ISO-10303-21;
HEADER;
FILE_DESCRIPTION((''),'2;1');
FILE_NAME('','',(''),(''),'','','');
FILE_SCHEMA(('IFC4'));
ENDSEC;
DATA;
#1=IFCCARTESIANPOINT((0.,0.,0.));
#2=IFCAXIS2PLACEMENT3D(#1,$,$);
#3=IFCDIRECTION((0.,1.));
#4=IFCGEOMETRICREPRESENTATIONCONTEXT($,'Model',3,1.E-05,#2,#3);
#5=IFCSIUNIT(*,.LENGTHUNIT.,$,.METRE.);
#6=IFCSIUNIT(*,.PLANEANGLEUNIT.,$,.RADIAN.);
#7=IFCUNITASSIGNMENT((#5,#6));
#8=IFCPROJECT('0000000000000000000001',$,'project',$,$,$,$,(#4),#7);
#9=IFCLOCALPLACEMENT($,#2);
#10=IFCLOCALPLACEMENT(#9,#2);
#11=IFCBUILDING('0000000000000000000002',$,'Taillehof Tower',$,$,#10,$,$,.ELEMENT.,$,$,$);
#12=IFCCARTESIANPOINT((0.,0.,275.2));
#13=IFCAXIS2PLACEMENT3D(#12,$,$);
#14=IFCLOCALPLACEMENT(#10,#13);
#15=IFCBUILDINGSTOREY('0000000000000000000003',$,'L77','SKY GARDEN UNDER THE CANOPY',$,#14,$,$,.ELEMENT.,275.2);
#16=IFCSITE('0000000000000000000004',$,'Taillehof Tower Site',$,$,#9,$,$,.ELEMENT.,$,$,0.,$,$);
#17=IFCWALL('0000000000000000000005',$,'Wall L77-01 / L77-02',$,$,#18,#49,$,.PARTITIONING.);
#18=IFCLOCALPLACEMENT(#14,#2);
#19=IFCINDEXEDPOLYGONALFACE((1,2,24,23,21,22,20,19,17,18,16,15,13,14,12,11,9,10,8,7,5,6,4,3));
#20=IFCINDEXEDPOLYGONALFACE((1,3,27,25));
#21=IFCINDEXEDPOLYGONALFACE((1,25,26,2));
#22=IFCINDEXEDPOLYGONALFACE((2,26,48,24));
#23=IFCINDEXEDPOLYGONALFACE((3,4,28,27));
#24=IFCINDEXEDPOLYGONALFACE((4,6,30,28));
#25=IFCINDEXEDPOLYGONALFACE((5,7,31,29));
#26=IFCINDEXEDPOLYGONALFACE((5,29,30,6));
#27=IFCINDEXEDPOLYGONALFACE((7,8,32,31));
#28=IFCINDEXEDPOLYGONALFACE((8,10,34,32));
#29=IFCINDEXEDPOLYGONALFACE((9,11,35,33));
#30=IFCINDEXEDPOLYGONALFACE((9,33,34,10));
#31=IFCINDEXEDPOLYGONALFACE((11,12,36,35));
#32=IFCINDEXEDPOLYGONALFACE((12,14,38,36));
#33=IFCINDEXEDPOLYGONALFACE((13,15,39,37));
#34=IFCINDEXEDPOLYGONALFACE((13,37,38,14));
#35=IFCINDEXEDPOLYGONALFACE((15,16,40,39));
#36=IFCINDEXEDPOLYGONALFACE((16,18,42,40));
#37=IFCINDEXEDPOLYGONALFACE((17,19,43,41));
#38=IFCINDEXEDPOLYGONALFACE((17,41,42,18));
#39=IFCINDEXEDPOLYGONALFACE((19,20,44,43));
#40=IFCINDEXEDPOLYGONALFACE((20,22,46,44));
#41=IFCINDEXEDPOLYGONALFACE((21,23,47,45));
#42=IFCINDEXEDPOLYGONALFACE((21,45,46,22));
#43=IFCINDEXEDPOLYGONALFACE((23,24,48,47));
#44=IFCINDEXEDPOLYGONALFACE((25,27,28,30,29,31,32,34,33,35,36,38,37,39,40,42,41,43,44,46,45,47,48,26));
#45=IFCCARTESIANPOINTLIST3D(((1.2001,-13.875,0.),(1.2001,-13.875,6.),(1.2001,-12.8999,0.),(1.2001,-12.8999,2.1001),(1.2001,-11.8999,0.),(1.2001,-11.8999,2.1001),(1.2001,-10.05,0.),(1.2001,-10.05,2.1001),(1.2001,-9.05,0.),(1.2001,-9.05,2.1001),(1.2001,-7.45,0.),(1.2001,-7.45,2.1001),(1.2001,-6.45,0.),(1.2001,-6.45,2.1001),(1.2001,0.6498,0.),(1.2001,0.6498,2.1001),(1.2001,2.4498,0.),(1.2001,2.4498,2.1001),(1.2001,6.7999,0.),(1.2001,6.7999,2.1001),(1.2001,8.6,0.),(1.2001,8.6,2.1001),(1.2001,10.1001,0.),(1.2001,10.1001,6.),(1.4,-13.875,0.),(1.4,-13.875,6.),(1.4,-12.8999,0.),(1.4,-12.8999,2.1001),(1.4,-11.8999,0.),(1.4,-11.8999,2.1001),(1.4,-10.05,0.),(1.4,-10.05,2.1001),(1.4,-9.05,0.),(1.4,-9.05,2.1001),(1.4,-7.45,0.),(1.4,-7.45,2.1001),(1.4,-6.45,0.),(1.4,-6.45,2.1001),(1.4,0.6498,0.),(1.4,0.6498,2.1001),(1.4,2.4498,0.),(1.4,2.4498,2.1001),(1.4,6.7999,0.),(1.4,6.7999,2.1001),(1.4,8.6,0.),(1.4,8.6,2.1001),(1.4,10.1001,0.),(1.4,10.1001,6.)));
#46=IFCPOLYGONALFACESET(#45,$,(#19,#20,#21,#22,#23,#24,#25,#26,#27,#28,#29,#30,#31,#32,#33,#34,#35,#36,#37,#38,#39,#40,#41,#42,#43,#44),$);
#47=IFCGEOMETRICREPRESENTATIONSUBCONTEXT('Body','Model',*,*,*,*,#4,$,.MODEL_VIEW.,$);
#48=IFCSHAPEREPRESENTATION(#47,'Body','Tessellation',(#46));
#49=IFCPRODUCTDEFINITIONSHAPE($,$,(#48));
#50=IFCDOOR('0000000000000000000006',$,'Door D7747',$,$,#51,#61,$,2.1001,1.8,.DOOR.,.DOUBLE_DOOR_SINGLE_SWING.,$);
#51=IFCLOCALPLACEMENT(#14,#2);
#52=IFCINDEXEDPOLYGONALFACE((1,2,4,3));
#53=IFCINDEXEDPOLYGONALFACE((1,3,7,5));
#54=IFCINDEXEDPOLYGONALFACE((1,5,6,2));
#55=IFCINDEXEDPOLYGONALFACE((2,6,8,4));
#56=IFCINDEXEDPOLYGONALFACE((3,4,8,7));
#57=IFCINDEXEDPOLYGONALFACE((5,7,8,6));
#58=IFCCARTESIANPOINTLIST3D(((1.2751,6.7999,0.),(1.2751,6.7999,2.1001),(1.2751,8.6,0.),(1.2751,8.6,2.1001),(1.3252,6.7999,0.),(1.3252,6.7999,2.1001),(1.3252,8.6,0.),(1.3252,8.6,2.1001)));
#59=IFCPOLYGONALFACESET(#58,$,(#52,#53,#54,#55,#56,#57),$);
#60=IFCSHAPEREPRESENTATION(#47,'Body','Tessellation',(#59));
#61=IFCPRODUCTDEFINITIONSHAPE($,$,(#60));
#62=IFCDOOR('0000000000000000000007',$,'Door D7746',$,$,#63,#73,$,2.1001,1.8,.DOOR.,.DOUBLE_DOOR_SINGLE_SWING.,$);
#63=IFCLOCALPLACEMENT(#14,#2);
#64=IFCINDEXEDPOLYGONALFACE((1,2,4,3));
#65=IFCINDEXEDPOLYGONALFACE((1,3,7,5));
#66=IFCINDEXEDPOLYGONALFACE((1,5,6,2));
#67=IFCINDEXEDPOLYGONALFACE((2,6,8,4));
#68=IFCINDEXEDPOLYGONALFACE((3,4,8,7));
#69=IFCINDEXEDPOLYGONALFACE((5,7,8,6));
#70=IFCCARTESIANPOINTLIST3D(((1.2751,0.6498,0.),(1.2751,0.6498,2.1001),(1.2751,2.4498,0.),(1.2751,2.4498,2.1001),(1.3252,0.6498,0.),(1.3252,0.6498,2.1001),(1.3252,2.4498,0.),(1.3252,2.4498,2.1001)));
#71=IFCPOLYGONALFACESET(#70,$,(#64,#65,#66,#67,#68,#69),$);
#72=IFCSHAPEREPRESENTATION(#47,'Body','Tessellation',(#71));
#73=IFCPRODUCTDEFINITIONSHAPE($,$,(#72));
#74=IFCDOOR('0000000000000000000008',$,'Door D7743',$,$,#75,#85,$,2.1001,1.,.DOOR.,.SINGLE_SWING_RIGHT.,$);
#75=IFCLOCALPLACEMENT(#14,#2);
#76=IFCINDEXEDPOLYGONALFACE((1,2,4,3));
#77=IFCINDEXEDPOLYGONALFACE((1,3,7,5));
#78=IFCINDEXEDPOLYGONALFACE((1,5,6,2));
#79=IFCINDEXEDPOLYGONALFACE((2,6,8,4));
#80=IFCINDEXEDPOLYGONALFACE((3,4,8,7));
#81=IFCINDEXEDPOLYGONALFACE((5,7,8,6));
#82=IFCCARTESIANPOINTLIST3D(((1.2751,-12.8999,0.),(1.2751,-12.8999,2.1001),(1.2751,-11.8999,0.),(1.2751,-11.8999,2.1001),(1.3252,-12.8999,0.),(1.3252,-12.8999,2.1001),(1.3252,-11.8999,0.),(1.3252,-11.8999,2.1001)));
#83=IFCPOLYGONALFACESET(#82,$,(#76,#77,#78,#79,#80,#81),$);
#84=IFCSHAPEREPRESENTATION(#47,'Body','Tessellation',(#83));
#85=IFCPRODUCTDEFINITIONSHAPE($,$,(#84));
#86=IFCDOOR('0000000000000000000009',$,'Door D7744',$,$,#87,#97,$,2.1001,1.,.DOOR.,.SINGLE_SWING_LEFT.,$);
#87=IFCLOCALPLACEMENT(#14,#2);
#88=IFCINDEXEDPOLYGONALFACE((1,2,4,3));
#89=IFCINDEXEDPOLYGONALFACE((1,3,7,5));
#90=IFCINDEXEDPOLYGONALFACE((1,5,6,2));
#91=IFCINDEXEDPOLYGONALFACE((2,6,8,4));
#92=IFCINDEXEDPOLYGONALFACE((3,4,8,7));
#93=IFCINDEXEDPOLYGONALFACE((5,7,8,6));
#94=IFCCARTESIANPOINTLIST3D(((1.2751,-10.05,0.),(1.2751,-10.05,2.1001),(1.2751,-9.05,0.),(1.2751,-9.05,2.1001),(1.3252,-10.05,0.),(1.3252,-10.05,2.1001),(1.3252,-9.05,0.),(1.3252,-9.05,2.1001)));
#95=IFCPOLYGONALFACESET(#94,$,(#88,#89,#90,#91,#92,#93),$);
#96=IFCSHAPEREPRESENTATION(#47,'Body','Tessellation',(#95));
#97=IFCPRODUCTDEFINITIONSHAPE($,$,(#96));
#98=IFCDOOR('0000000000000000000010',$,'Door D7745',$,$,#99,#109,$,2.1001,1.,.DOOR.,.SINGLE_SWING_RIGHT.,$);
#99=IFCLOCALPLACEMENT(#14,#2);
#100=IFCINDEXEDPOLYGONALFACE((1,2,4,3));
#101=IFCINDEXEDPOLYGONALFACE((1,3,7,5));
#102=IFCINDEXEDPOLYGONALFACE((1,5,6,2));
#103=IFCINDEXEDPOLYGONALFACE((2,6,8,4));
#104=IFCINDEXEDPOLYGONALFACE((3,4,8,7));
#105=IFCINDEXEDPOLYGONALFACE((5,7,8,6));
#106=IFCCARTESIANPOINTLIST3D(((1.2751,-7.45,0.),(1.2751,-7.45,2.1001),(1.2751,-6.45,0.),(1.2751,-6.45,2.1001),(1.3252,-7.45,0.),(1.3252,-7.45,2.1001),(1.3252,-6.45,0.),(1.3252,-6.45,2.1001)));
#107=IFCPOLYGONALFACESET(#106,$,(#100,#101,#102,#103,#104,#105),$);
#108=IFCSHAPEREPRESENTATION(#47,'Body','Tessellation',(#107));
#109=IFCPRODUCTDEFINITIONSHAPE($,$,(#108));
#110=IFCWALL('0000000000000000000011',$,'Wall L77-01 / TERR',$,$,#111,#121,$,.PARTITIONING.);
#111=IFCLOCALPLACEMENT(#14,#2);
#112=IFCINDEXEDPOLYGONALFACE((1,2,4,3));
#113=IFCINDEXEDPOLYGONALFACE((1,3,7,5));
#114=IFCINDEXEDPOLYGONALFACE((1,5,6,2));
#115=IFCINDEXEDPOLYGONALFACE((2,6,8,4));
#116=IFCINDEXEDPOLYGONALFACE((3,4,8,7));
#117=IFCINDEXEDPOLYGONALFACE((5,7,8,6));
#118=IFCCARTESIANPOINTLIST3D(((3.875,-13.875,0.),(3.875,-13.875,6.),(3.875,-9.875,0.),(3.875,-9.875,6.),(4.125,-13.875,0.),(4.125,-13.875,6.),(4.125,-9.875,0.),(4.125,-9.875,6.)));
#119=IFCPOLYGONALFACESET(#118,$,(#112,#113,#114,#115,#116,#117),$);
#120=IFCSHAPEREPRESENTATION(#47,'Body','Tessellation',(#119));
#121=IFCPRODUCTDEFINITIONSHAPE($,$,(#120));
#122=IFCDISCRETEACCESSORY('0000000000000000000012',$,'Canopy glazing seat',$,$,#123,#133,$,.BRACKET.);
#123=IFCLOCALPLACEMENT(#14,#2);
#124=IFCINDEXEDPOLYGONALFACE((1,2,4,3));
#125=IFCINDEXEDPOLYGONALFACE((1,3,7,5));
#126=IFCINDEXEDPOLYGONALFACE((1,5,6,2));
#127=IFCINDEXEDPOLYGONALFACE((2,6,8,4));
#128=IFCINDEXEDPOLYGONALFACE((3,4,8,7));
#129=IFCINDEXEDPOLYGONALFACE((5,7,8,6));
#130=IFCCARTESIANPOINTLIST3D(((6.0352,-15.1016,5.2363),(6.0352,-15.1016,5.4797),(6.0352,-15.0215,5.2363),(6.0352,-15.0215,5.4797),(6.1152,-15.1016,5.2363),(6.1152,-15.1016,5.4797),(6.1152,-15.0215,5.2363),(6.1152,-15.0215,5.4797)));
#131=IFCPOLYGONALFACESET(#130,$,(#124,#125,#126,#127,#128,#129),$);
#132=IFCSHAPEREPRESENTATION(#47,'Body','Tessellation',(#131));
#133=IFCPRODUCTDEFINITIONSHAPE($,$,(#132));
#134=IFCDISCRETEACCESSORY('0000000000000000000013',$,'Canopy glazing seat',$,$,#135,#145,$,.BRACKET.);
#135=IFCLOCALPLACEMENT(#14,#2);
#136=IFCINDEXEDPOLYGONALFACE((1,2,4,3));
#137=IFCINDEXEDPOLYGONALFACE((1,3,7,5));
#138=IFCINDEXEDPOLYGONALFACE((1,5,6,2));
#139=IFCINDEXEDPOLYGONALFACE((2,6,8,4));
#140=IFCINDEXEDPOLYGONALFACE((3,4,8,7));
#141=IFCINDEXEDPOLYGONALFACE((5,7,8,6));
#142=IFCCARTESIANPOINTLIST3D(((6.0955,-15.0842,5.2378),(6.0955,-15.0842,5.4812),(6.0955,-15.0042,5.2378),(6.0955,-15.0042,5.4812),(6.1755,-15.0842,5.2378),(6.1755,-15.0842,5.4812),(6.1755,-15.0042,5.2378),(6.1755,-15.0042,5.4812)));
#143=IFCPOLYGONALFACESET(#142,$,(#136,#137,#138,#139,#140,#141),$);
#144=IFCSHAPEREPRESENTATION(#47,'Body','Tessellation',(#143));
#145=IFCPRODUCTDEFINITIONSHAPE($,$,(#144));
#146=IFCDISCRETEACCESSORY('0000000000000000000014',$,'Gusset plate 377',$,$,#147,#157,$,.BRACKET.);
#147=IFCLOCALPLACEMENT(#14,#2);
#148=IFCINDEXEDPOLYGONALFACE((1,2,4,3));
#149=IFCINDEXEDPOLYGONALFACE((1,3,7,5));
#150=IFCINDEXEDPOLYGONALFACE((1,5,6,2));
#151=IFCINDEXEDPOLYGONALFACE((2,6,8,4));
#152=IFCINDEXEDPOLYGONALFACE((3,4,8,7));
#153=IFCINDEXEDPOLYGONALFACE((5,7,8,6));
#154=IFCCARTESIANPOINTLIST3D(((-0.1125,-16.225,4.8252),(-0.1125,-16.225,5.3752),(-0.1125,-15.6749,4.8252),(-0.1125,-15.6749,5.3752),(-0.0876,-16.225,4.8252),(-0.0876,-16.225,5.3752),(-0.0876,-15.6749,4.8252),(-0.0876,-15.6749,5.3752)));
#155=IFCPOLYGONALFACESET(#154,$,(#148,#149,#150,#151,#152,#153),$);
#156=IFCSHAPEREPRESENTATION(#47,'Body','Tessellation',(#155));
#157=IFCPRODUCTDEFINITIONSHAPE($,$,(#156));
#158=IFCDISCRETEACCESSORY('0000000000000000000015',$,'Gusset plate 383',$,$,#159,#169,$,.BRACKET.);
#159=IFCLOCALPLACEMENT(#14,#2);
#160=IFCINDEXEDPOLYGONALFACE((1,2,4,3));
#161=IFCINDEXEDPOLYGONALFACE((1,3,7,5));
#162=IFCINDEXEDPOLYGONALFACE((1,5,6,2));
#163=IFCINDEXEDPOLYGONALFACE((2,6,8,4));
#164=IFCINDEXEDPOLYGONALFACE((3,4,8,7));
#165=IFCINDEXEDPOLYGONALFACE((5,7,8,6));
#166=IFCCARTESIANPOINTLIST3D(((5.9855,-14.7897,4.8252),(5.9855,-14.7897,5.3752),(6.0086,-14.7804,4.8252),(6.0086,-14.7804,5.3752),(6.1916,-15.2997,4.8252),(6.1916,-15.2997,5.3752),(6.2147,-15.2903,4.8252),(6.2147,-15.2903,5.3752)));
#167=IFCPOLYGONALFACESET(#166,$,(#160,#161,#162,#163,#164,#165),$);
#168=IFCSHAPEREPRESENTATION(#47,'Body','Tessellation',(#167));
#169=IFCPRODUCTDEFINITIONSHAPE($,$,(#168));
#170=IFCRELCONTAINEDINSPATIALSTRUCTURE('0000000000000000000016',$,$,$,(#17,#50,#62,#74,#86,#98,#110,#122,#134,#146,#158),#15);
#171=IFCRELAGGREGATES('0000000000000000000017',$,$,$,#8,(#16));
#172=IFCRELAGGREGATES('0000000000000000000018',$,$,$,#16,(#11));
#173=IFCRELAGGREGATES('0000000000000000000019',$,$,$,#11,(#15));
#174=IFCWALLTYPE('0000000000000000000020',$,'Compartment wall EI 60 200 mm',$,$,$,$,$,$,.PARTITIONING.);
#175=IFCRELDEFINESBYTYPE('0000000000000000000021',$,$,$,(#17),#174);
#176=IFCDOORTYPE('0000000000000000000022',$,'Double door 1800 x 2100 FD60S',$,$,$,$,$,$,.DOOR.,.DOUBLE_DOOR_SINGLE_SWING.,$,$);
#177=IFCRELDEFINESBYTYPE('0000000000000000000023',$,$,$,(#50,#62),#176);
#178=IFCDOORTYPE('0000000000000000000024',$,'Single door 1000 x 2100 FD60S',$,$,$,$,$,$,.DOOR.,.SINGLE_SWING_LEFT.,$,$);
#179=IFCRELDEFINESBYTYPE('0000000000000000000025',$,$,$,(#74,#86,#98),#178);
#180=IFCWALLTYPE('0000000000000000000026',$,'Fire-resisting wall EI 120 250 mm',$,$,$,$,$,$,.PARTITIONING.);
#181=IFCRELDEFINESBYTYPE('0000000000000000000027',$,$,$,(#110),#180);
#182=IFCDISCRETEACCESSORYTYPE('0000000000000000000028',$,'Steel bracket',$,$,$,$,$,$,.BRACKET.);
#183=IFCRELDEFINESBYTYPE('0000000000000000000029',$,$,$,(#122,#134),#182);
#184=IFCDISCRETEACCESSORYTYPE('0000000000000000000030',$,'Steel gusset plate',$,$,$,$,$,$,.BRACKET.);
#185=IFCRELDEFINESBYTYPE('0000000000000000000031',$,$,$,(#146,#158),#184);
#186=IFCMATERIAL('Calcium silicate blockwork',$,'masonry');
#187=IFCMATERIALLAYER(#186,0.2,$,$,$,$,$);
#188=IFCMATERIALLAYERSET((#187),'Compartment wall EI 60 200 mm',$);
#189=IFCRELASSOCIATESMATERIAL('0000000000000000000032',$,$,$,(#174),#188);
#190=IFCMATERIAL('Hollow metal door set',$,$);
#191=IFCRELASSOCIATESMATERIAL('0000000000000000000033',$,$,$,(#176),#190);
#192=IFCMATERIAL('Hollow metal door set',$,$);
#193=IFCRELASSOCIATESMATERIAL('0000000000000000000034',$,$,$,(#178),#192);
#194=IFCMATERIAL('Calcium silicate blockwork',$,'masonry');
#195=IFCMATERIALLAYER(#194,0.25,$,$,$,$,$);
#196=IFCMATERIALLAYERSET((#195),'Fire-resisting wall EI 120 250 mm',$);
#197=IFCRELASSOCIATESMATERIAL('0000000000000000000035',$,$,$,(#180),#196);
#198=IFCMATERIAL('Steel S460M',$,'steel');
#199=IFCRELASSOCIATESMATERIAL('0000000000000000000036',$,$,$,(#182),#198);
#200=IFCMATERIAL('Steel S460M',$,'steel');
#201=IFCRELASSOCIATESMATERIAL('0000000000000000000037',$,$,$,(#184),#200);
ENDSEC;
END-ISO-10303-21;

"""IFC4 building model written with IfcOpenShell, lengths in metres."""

from ifc_helpers import new_model, si_unit, direction, frame, frame_2d, origin, origin_2d, place, context, subcontext, project, spatial, rectangle, extrude, material, layer, layer_set, type_object, element, fill, save


model = new_model("IFC4")

# Units and contexts
model_context = context("Model", 3, precision=1e-05, world=origin(), true_north=direction((0.0, 1.0)))
body_context = subcontext(model_context, "Body", "Model", "MODEL_VIEW")
ifc_project = project(units=[si_unit("LENGTHUNIT", "METRE"), si_unit("PLANEANGLEUNIT", "RADIAN")], contexts=[model_context])

# Site, building, storey
site_placement = place(None, origin())
site = spatial("IfcSite", under=ifc_project, at=site_placement, Name="Taillehof Tower Site", CompositionType="ELEMENT", RefElevation=0.0)
building_placement = place(site_placement, origin())
building = spatial("IfcBuilding", under=site, at=building_placement, Name="Taillehof Tower", CompositionType="ELEMENT")
storey_placement = place(building_placement, frame((0.0, 0.0, 275.2)))
storey = spatial("IfcBuildingStorey", under=building, at=storey_placement, Name="L77", Description="SKY GARDEN UNDER THE CANOPY", CompositionType="ELEMENT", Elevation=275.2)

# Wall, openings, doors
ifc_material_1 = material(Name="Calcium silicate blockwork", Category="masonry")
ifc_layer_1 = layer(ifc_material_1, 0.2)
ifc_layer_set_1 = layer_set([ifc_layer_1], Name="Compartment wall EI 60 200 mm")
wall_type_1 = type_object("IfcWallType", Name="Compartment wall EI 60 200 mm", PredefinedType="PARTITIONING", material=ifc_layer_set_1)
wall_1_placement = place(storey_placement, frame((1.3, -13.875, 0.0), z_axis=(0.0, 0.0, 1.0), x_axis=(0.0, 1.0, 0.0)))
wall_1 = element("IfcWall", 1, at=wall_1_placement, inside=storey, type_object=wall_type_1, Name="Wall L77-01 / L77-02", PredefinedType="PARTITIONING", context=body_context, shape_type="SweptSolid", body=[
    extrude(rectangle(XDim=23.9751, YDim=0.2, at=frame_2d((11.9875, 0.0))), origin(), (0.0, 0.0, 1.0), 6.0),
])
opening_1_placement = place(wall_1_placement, frame((20.675, 0.0, 0.0)))
opening_1 = element("IfcOpeningElement", 2, at=opening_1_placement, cuts=wall_1, PredefinedType="OPENING", context=body_context, shape_type="SweptSolid", body=[
    extrude(rectangle(XDim=1.8, YDim=2.1001, at=frame_2d((0.8999, 1.05))), frame((0.0, 0.1099, 0.0), z_axis=(0.0, -1.0, 0.0), x_axis=(1.0, 0.0, 0.0)), (0.0, 0.0, 1.0), 0.22),
])
opening_2_placement = place(wall_1_placement, frame((14.5249, 0.0, 0.0)))
opening_2 = element("IfcOpeningElement", 3, at=opening_2_placement, cuts=wall_1, PredefinedType="OPENING", context=body_context, shape_type="SweptSolid", body=[
    extrude(rectangle(XDim=1.8, YDim=2.1001, at=frame_2d((0.8999, 1.05))), frame((0.0, 0.1099, 0.0), z_axis=(0.0, -1.0, 0.0), x_axis=(1.0, 0.0, 0.0)), (0.0, 0.0, 1.0), 0.22),
])
opening_3_placement = place(wall_1_placement, frame((0.9751, 0.0, 0.0)))
opening_3 = element("IfcOpeningElement", 4, at=opening_3_placement, cuts=wall_1, PredefinedType="OPENING", context=body_context, shape_type="SweptSolid", body=[
    extrude(rectangle(XDim=1.0, YDim=2.1001, at=frame_2d((0.5, 1.05))), frame((0.0, 0.1099, 0.0), z_axis=(0.0, -1.0, 0.0), x_axis=(1.0, 0.0, 0.0)), (0.0, 0.0, 1.0), 0.22),
])
opening_4_placement = place(wall_1_placement, frame((3.825, 0.0, 0.0)))
opening_4 = element("IfcOpeningElement", 5, at=opening_4_placement, cuts=wall_1, PredefinedType="OPENING", context=body_context, shape_type="SweptSolid", body=[
    extrude(rectangle(XDim=1.0, YDim=2.1001, at=frame_2d((0.5, 1.05))), frame((0.0, 0.1099, 0.0), z_axis=(0.0, -1.0, 0.0), x_axis=(1.0, 0.0, 0.0)), (0.0, 0.0, 1.0), 0.22),
])
opening_5_placement = place(wall_1_placement, frame((6.425, 0.0, 0.0)))
opening_5 = element("IfcOpeningElement", 6, at=opening_5_placement, cuts=wall_1, PredefinedType="OPENING", context=body_context, shape_type="SweptSolid", body=[
    extrude(rectangle(XDim=1.0, YDim=2.1001, at=frame_2d((0.5, 1.05))), frame((0.0, 0.1099, 0.0), z_axis=(0.0, -1.0, 0.0), x_axis=(1.0, 0.0, 0.0)), (0.0, 0.0, 1.0), 0.22),
])
ifc_material_2 = material(Name="Hollow metal door set")
door_type_1 = type_object("IfcDoorType", Name="Double door 1800 x 2100 FD60S", OperationType="DOUBLE_DOOR_SINGLE_SWING", PredefinedType="DOOR", material=ifc_material_2)
door_1_placement = place(opening_1_placement, origin())
door_1 = element("IfcDoor", 7, at=door_1_placement, inside=storey, type_object=door_type_1, Name="Door D7747", OperationType="DOUBLE_DOOR_SINGLE_SWING", OverallHeight=2.1001, OverallWidth=1.8, PredefinedType="DOOR", context=body_context, shape_type="SweptSolid", body=[
    extrude(rectangle(XDim=1.8, YDim=2.1001, at=frame_2d((0.8999, 1.05))), frame((0.0, 0.0249, 0.0), z_axis=(0.0, -1.0, 0.0), x_axis=(1.0, 0.0, 0.0)), (0.0, 0.0, 1.0), 0.05),
])
fill(opening_1, door_1)
door_2_placement = place(opening_2_placement, origin())
door_2 = element("IfcDoor", 8, at=door_2_placement, inside=storey, type_object=door_type_1, Name="Door D7746", OperationType="DOUBLE_DOOR_SINGLE_SWING", OverallHeight=2.1001, OverallWidth=1.8, PredefinedType="DOOR", context=body_context, shape_type="SweptSolid", body=[
    extrude(rectangle(XDim=1.8, YDim=2.1001, at=frame_2d((0.8999, 1.05))), frame((0.0, 0.0249, 0.0), z_axis=(0.0, -1.0, 0.0), x_axis=(1.0, 0.0, 0.0)), (0.0, 0.0, 1.0), 0.05),
])
fill(opening_2, door_2)
ifc_material_3 = material(Name="Hollow metal door set")
door_type_2 = type_object("IfcDoorType", Name="Single door 1000 x 2100 FD60S", OperationType="SINGLE_SWING_LEFT", PredefinedType="DOOR", material=ifc_material_3)
door_3_placement = place(opening_3_placement, origin())
door_3 = element("IfcDoor", 9, at=door_3_placement, inside=storey, type_object=door_type_2, Name="Door D7743", OperationType="SINGLE_SWING_RIGHT", OverallHeight=2.1001, OverallWidth=1.0, PredefinedType="DOOR", context=body_context, shape_type="SweptSolid", body=[
    extrude(rectangle(XDim=1.0, YDim=2.1001, at=frame_2d((0.5, 1.05))), frame((0.0, 0.0249, 0.0), z_axis=(0.0, -1.0, 0.0), x_axis=(1.0, 0.0, 0.0)), (0.0, 0.0, 1.0), 0.05),
])
fill(opening_3, door_3)
door_4_placement = place(opening_4_placement, origin())
door_4 = element("IfcDoor", 10, at=door_4_placement, inside=storey, type_object=door_type_2, Name="Door D7744", OperationType="SINGLE_SWING_LEFT", OverallHeight=2.1001, OverallWidth=1.0, PredefinedType="DOOR", context=body_context, shape_type="SweptSolid", body=[
    extrude(rectangle(XDim=1.0, YDim=2.1001, at=frame_2d((0.5, 1.05))), frame((0.0, 0.0249, 0.0), z_axis=(0.0, -1.0, 0.0), x_axis=(1.0, 0.0, 0.0)), (0.0, 0.0, 1.0), 0.05),
])
fill(opening_4, door_4)
door_5_placement = place(opening_5_placement, origin())
door_5 = element("IfcDoor", 11, at=door_5_placement, inside=storey, type_object=door_type_2, Name="Door D7745", OperationType="SINGLE_SWING_RIGHT", OverallHeight=2.1001, OverallWidth=1.0, PredefinedType="DOOR", context=body_context, shape_type="SweptSolid", body=[
    extrude(rectangle(XDim=1.0, YDim=2.1001, at=frame_2d((0.5, 1.05))), frame((0.0, 0.0249, 0.0), z_axis=(0.0, -1.0, 0.0), x_axis=(1.0, 0.0, 0.0)), (0.0, 0.0, 1.0), 0.05),
])
fill(opening_5, door_5)

# Wall
ifc_material_4 = material(Name="Calcium silicate blockwork", Category="masonry")
ifc_layer_2 = layer(ifc_material_4, 0.25)
ifc_layer_set_2 = layer_set([ifc_layer_2], Name="Fire-resisting wall EI 120 250 mm")
wall_type_2 = type_object("IfcWallType", Name="Fire-resisting wall EI 120 250 mm", PredefinedType="PARTITIONING", material=ifc_layer_set_2)
wall_2_placement = place(storey_placement, frame((4.0, -13.875, 0.0), z_axis=(0.0, 0.0, 1.0), x_axis=(0.0, 1.0, 0.0)))
element("IfcWall", 12, at=wall_2_placement, inside=storey, type_object=wall_type_2, Name="Wall L77-01 / TERR", PredefinedType="PARTITIONING", context=body_context, shape_type="SweptSolid", body=[
    extrude(rectangle(XDim=4.0, YDim=0.25, at=frame_2d((2.0, 0.0))), origin(), (0.0, 0.0, 1.0), 6.0),
])

# Discrete accessories
ifc_material_5 = material(Name="Steel S460M", Category="steel")
discrete_accessory_type_1 = type_object("IfcDiscreteAccessoryType", Name="Steel bracket", PredefinedType="BRACKET", material=ifc_material_5)
for number, where, z_axis, x_axis, name in (
    (13, (6.0752, -15.0615, 5.2363), (0.0, 0.0, 1.0), (1.0, 0.0, 0.0), "Canopy glazing seat"),
    (14, (6.1355, -15.0442, 5.2378), (0.0, 0.0, 1.0), (1.0, 0.0, 0.0), "Canopy glazing seat"),
):
    element("IfcDiscreteAccessory", number, at=place(storey_placement, frame(where, z_axis=z_axis, x_axis=x_axis)), inside=storey, type_object=discrete_accessory_type_1, Name=name, PredefinedType="BRACKET", context=body_context, shape_type="SweptSolid", body=[
        extrude(rectangle(XDim=0.0801, YDim=0.0801, at=origin_2d()), origin(), (0.0, 0.0, 1.0), 0.2434),
    ])
ifc_material_6 = material(Name="Steel S460M", Category="steel")
discrete_accessory_type_2 = type_object("IfcDiscreteAccessoryType", Name="Steel gusset plate", PredefinedType="BRACKET", material=ifc_material_6)
for number, where, z_axis, x_axis, name in (
    (15, (-0.1001, -15.95, 4.8252), (0.0, 0.0, 1.0), (0.0, 1.0, 0.0), "Gusset plate 377"),
    (16, (6.1001, -15.04, 4.8252), (0.0, 0.0, 1.0), (-0.374843, 0.927088, 0.0), "Gusset plate 383"),
):
    element("IfcDiscreteAccessory", number, at=place(storey_placement, frame(where, z_axis=z_axis, x_axis=x_axis)), inside=storey, type_object=discrete_accessory_type_2, Name=name, PredefinedType="BRACKET", context=body_context, shape_type="SweptSolid", body=[
        extrude(rectangle(XDim=0.55, YDim=0.0249, at=origin_2d()), origin(), (0.0, 0.0, 1.0), 0.55),
    ])

save(model, "model.ifc")
